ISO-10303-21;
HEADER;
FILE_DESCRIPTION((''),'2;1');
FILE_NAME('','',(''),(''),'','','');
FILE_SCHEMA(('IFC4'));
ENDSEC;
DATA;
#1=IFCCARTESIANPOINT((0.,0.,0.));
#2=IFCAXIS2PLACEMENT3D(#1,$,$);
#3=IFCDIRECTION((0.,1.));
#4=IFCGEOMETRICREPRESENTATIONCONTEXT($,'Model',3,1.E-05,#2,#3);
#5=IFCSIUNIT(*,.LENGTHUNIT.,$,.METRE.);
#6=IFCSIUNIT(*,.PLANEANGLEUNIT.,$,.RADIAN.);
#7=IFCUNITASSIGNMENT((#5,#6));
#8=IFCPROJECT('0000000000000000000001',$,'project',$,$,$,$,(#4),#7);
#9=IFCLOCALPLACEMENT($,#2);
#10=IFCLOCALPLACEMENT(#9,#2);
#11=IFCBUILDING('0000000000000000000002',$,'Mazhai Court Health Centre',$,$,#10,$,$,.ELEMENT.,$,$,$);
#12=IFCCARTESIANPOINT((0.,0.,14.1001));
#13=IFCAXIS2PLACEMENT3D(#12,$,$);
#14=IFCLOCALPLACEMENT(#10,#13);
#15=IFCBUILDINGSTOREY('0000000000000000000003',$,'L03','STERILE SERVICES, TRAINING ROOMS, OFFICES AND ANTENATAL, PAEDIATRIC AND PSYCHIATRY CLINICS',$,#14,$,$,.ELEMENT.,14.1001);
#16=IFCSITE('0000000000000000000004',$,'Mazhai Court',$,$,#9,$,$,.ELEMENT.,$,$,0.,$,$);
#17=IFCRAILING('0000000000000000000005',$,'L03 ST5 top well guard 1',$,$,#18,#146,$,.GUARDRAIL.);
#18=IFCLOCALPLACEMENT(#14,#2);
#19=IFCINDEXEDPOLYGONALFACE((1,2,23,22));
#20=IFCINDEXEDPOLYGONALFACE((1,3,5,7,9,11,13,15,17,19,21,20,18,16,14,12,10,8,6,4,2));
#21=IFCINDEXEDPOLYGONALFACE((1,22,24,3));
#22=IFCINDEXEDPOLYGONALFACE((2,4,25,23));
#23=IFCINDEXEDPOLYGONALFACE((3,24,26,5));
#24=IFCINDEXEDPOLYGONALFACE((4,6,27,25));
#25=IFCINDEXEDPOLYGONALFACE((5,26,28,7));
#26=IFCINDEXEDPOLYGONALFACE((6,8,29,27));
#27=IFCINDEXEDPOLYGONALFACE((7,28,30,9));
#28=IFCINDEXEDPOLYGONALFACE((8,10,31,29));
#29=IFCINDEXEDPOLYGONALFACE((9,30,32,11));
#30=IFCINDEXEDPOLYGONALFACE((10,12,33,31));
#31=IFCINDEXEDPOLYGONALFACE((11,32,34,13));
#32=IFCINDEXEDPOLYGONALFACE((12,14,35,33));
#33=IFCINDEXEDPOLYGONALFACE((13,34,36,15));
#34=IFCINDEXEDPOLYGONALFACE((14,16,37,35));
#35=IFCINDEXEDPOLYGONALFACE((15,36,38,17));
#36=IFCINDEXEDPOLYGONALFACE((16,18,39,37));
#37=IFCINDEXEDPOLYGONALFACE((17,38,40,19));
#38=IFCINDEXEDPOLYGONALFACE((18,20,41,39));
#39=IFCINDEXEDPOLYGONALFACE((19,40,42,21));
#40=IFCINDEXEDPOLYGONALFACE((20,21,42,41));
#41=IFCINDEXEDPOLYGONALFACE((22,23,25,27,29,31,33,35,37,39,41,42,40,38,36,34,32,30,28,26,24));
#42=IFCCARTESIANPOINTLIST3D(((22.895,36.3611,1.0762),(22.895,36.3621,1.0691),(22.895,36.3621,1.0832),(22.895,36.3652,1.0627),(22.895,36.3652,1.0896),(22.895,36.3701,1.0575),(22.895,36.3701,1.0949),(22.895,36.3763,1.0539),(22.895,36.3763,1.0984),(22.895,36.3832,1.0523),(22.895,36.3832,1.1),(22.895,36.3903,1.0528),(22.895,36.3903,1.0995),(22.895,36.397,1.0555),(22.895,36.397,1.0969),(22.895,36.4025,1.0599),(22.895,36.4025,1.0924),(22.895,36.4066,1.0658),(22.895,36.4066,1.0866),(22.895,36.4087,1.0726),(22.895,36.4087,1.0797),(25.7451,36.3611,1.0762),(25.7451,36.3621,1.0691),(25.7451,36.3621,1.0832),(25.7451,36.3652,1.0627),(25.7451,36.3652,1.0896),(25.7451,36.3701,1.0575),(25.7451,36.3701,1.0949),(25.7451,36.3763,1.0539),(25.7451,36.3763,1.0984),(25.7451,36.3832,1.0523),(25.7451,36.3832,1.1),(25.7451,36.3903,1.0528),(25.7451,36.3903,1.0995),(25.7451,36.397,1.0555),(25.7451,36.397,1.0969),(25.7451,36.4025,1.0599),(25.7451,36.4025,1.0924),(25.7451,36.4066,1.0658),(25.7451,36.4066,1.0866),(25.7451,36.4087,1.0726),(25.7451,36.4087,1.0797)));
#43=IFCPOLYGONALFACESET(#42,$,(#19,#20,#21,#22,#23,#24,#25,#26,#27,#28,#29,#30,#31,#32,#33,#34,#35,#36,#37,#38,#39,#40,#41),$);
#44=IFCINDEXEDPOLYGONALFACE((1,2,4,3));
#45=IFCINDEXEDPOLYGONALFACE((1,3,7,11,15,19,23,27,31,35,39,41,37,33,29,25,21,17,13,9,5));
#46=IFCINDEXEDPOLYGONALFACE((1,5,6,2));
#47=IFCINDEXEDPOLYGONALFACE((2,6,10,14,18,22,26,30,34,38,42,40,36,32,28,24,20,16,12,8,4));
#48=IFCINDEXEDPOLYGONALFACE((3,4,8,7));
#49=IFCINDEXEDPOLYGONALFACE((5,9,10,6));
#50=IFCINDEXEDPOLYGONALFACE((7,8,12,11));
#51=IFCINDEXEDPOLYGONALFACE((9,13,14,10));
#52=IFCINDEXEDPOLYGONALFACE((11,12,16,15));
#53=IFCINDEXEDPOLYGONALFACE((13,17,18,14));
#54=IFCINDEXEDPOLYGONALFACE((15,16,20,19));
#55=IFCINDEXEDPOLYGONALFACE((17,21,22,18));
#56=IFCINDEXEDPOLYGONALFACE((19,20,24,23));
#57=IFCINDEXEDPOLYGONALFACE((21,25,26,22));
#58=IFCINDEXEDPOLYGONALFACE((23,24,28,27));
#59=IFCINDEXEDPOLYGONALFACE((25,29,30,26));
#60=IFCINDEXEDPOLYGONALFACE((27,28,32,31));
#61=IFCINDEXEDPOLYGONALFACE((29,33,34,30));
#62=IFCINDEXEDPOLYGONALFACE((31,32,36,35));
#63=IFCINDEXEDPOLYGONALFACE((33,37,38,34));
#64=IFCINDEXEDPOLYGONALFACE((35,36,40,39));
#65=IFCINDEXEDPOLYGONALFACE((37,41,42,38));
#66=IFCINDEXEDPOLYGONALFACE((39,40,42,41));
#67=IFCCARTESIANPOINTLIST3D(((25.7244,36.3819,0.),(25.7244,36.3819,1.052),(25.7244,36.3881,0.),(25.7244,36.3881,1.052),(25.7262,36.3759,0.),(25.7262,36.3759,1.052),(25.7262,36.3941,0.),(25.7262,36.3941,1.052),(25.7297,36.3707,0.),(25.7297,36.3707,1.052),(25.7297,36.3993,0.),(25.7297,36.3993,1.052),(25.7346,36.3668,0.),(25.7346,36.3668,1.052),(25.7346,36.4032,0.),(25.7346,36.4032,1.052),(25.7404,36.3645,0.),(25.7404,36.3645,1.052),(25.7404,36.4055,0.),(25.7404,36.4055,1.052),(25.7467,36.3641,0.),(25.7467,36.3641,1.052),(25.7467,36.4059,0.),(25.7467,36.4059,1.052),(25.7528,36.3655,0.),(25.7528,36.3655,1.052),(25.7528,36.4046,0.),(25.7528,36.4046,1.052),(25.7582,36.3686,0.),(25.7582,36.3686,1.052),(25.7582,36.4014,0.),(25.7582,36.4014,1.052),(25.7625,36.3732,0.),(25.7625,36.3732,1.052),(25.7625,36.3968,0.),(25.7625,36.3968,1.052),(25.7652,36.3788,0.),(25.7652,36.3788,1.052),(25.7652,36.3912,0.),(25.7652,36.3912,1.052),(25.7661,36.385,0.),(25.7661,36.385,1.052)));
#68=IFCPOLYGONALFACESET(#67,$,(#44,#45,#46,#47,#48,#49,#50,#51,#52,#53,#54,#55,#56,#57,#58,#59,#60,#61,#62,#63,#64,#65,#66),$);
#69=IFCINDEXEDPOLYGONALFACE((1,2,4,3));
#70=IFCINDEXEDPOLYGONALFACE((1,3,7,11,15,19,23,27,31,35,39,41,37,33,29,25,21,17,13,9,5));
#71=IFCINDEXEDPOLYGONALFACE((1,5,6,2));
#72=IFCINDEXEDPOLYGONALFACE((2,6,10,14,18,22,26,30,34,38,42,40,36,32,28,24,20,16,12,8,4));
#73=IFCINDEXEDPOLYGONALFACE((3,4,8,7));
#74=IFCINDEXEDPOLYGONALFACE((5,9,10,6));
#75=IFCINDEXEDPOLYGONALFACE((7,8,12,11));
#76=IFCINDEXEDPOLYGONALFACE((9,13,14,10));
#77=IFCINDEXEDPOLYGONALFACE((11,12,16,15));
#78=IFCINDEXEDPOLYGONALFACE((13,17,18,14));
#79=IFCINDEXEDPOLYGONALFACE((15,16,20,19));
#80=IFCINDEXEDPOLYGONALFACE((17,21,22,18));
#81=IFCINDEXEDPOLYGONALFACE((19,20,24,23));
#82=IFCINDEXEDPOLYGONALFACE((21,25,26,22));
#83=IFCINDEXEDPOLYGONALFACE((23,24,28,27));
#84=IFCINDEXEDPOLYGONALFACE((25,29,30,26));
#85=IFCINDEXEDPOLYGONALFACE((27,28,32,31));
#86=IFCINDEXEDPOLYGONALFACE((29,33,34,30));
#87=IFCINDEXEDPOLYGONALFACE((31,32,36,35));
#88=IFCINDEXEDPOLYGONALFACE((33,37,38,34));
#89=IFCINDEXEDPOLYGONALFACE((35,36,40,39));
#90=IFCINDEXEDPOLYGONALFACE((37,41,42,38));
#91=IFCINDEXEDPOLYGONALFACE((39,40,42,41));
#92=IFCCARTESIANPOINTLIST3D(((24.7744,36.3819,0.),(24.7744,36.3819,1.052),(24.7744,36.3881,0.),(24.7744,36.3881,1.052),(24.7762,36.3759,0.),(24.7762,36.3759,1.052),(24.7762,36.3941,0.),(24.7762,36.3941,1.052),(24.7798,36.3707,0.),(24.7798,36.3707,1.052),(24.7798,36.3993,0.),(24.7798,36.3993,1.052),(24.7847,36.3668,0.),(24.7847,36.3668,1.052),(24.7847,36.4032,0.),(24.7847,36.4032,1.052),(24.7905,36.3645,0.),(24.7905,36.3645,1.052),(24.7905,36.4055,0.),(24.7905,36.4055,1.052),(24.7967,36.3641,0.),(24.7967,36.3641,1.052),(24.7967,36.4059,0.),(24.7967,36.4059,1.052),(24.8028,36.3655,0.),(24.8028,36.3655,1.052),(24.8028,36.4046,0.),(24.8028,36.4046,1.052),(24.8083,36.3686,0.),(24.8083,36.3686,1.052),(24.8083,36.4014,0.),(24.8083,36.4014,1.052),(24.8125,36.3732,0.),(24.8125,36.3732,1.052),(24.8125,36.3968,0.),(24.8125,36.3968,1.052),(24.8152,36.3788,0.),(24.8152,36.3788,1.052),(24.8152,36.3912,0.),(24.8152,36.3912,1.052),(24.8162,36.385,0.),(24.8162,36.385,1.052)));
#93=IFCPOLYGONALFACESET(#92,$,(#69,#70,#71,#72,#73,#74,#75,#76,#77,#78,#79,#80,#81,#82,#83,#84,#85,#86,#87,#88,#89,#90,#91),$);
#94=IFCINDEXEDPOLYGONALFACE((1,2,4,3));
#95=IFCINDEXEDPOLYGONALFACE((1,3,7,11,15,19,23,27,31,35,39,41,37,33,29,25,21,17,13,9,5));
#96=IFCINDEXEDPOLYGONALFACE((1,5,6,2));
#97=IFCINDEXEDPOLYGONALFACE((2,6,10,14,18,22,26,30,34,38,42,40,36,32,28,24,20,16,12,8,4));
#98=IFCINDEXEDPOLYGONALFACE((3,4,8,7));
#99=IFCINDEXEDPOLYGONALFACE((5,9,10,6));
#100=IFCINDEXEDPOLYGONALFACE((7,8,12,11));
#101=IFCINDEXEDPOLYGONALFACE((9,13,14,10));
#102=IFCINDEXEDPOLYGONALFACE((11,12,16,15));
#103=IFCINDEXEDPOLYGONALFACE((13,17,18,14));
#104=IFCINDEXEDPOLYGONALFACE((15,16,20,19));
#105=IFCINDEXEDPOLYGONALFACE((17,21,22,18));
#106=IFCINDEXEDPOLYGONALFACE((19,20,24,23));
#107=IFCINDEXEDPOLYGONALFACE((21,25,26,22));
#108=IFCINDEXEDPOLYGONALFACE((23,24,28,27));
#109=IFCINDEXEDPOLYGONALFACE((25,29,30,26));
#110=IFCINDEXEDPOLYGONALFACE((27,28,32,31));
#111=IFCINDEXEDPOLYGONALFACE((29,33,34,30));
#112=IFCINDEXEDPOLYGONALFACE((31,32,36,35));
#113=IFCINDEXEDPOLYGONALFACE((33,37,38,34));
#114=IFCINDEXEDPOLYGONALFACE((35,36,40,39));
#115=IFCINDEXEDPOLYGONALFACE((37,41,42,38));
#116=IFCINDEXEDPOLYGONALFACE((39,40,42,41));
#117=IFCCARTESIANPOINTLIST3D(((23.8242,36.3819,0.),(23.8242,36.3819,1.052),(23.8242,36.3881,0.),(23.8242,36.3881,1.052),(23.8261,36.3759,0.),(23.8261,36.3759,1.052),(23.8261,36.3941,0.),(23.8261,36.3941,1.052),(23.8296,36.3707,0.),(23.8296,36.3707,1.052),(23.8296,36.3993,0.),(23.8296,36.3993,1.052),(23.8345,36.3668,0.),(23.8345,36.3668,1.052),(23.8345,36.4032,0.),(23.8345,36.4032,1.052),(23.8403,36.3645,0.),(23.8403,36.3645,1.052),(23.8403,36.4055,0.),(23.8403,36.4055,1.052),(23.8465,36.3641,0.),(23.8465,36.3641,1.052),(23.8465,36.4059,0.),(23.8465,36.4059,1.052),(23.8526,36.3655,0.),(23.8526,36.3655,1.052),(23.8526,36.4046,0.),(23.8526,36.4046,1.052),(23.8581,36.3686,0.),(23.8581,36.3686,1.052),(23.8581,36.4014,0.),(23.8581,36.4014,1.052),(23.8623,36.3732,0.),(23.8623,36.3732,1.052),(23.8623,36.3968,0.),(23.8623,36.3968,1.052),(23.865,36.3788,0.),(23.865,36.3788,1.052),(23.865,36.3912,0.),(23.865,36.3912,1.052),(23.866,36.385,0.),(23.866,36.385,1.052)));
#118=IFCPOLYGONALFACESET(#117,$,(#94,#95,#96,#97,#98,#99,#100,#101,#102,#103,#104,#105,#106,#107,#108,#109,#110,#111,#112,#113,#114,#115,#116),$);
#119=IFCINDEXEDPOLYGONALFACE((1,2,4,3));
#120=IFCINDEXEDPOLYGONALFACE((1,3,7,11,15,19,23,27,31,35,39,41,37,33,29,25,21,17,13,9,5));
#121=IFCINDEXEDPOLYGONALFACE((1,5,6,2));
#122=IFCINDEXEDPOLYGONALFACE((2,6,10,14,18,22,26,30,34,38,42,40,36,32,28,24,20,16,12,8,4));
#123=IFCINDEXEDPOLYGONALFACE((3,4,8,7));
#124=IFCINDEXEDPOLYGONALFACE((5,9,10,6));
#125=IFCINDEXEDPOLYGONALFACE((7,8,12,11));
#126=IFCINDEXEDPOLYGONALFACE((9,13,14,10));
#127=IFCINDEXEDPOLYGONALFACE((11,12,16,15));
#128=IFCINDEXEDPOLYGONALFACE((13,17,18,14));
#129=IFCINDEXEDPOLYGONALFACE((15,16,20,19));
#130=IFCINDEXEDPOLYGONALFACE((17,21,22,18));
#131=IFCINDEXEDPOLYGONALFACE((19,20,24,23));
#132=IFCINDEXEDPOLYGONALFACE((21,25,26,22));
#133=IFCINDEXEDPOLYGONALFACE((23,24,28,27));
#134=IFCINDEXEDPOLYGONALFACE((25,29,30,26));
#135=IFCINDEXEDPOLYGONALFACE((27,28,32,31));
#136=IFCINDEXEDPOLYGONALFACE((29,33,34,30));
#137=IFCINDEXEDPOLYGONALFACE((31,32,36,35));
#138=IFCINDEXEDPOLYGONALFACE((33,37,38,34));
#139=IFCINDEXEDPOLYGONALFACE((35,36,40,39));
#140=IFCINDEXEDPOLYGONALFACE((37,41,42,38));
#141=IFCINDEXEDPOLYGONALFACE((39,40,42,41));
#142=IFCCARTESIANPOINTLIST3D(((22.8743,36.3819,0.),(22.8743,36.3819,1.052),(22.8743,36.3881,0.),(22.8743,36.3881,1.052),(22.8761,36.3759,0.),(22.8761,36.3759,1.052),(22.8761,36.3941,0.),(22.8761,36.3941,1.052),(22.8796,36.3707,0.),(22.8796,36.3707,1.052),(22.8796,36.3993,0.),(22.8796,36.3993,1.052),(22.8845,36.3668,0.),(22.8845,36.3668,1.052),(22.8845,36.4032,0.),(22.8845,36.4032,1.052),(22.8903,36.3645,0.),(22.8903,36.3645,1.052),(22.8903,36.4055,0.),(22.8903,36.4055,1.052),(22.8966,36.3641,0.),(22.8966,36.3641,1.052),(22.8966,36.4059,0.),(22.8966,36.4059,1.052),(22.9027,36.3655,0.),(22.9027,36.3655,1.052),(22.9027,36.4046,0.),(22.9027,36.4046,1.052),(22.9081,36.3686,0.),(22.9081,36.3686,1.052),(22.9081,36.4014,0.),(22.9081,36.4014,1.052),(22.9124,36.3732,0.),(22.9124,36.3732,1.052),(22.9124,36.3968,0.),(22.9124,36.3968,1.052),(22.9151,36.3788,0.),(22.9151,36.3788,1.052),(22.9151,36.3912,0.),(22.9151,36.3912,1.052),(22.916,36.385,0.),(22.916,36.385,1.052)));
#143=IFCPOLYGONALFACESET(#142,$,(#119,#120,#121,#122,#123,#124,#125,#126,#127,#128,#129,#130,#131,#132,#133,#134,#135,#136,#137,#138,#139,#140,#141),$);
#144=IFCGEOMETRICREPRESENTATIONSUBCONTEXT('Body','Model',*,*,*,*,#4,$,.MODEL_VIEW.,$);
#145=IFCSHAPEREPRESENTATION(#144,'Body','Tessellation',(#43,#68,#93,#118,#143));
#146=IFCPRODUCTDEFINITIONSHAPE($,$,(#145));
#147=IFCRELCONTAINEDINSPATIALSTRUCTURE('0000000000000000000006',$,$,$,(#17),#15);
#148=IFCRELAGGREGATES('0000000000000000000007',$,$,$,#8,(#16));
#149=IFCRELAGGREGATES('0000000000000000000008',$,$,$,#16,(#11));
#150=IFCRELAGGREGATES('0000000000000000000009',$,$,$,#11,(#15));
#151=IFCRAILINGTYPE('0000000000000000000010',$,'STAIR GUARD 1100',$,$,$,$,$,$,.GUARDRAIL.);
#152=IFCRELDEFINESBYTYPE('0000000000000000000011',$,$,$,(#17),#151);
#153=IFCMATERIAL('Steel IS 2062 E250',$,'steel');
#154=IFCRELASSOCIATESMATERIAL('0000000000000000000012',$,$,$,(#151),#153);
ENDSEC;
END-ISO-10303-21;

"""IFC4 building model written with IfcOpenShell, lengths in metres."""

from ifc_helpers import new_model, si_unit, direction, frame, origin, origin_2d, place, context, subcontext, project, spatial, circle, extrude, material, type_object, element, save


model = new_model("IFC4")

# Units and contexts
model_context = context("Model", 3, precision=1e-05, world=origin(), true_north=direction((0.0, 1.0)))
body_context = subcontext(model_context, "Body", "Model", "MODEL_VIEW")
ifc_project = project(units=[si_unit("LENGTHUNIT", "METRE"), si_unit("PLANEANGLEUNIT", "RADIAN")], contexts=[model_context])

# Site, building, storey
site_placement = place(None, origin())
site = spatial("IfcSite", under=ifc_project, at=site_placement, Name="Mazhai Court", CompositionType="ELEMENT", RefElevation=0.0)
building_placement = place(site_placement, origin())
building = spatial("IfcBuilding", under=site, at=building_placement, Name="Mazhai Court Health Centre", CompositionType="ELEMENT")
storey_placement = place(building_placement, frame((0.0, 0.0, 14.1001)))
storey = spatial("IfcBuildingStorey", under=building, at=storey_placement, Name="L03", Description="STERILE SERVICES, TRAINING ROOMS, OFFICES AND ANTENATAL, PAEDIATRIC AND PSYCHIATRY CLINICS", CompositionType="ELEMENT", Elevation=14.1001)

# Railing
ifc_material_1 = material(Name="Steel IS 2062 E250", Category="steel")
railing_type_1 = type_object("IfcRailingType", Name="STAIR GUARD 1100", PredefinedType="GUARDRAIL", material=ifc_material_1)
railing_1_placement = place(storey_placement, frame((25.7451, 36.385, 0.0)))
element("IfcRailing", 1, at=railing_1_placement, inside=storey, type_object=railing_type_1, Name="L03 ST5 top well guard 1", PredefinedType="GUARDRAIL", context=body_context, shape_type="SweptSolid", body=[
    extrude(circle(Radius=0.0239, at=origin_2d()), frame((0.0, 0.0, 1.0762), z_axis=(-1.0, 0.0, 0.0), x_axis=(0.0, -1.0, 0.0)), (0.0, 0.0, 1.0), 2.8501),
    extrude(circle(Radius=0.021, at=origin_2d()), origin(), (0.0, 0.0, 1.0), 1.052),
    extrude(circle(Radius=0.021, at=origin_2d()), frame((-0.95, 0.0, 0.0)), (0.0, 0.0, 1.0), 1.052),
    extrude(circle(Radius=0.021, at=origin_2d()), frame((-1.9001, 0.0, 0.0)), (0.0, 0.0, 1.0), 1.052),
    extrude(circle(Radius=0.021, at=origin_2d()), frame((-2.8501, 0.0, 0.0)), (0.0, 0.0, 1.0), 1.052),
])

save(model, "model.ifc")
